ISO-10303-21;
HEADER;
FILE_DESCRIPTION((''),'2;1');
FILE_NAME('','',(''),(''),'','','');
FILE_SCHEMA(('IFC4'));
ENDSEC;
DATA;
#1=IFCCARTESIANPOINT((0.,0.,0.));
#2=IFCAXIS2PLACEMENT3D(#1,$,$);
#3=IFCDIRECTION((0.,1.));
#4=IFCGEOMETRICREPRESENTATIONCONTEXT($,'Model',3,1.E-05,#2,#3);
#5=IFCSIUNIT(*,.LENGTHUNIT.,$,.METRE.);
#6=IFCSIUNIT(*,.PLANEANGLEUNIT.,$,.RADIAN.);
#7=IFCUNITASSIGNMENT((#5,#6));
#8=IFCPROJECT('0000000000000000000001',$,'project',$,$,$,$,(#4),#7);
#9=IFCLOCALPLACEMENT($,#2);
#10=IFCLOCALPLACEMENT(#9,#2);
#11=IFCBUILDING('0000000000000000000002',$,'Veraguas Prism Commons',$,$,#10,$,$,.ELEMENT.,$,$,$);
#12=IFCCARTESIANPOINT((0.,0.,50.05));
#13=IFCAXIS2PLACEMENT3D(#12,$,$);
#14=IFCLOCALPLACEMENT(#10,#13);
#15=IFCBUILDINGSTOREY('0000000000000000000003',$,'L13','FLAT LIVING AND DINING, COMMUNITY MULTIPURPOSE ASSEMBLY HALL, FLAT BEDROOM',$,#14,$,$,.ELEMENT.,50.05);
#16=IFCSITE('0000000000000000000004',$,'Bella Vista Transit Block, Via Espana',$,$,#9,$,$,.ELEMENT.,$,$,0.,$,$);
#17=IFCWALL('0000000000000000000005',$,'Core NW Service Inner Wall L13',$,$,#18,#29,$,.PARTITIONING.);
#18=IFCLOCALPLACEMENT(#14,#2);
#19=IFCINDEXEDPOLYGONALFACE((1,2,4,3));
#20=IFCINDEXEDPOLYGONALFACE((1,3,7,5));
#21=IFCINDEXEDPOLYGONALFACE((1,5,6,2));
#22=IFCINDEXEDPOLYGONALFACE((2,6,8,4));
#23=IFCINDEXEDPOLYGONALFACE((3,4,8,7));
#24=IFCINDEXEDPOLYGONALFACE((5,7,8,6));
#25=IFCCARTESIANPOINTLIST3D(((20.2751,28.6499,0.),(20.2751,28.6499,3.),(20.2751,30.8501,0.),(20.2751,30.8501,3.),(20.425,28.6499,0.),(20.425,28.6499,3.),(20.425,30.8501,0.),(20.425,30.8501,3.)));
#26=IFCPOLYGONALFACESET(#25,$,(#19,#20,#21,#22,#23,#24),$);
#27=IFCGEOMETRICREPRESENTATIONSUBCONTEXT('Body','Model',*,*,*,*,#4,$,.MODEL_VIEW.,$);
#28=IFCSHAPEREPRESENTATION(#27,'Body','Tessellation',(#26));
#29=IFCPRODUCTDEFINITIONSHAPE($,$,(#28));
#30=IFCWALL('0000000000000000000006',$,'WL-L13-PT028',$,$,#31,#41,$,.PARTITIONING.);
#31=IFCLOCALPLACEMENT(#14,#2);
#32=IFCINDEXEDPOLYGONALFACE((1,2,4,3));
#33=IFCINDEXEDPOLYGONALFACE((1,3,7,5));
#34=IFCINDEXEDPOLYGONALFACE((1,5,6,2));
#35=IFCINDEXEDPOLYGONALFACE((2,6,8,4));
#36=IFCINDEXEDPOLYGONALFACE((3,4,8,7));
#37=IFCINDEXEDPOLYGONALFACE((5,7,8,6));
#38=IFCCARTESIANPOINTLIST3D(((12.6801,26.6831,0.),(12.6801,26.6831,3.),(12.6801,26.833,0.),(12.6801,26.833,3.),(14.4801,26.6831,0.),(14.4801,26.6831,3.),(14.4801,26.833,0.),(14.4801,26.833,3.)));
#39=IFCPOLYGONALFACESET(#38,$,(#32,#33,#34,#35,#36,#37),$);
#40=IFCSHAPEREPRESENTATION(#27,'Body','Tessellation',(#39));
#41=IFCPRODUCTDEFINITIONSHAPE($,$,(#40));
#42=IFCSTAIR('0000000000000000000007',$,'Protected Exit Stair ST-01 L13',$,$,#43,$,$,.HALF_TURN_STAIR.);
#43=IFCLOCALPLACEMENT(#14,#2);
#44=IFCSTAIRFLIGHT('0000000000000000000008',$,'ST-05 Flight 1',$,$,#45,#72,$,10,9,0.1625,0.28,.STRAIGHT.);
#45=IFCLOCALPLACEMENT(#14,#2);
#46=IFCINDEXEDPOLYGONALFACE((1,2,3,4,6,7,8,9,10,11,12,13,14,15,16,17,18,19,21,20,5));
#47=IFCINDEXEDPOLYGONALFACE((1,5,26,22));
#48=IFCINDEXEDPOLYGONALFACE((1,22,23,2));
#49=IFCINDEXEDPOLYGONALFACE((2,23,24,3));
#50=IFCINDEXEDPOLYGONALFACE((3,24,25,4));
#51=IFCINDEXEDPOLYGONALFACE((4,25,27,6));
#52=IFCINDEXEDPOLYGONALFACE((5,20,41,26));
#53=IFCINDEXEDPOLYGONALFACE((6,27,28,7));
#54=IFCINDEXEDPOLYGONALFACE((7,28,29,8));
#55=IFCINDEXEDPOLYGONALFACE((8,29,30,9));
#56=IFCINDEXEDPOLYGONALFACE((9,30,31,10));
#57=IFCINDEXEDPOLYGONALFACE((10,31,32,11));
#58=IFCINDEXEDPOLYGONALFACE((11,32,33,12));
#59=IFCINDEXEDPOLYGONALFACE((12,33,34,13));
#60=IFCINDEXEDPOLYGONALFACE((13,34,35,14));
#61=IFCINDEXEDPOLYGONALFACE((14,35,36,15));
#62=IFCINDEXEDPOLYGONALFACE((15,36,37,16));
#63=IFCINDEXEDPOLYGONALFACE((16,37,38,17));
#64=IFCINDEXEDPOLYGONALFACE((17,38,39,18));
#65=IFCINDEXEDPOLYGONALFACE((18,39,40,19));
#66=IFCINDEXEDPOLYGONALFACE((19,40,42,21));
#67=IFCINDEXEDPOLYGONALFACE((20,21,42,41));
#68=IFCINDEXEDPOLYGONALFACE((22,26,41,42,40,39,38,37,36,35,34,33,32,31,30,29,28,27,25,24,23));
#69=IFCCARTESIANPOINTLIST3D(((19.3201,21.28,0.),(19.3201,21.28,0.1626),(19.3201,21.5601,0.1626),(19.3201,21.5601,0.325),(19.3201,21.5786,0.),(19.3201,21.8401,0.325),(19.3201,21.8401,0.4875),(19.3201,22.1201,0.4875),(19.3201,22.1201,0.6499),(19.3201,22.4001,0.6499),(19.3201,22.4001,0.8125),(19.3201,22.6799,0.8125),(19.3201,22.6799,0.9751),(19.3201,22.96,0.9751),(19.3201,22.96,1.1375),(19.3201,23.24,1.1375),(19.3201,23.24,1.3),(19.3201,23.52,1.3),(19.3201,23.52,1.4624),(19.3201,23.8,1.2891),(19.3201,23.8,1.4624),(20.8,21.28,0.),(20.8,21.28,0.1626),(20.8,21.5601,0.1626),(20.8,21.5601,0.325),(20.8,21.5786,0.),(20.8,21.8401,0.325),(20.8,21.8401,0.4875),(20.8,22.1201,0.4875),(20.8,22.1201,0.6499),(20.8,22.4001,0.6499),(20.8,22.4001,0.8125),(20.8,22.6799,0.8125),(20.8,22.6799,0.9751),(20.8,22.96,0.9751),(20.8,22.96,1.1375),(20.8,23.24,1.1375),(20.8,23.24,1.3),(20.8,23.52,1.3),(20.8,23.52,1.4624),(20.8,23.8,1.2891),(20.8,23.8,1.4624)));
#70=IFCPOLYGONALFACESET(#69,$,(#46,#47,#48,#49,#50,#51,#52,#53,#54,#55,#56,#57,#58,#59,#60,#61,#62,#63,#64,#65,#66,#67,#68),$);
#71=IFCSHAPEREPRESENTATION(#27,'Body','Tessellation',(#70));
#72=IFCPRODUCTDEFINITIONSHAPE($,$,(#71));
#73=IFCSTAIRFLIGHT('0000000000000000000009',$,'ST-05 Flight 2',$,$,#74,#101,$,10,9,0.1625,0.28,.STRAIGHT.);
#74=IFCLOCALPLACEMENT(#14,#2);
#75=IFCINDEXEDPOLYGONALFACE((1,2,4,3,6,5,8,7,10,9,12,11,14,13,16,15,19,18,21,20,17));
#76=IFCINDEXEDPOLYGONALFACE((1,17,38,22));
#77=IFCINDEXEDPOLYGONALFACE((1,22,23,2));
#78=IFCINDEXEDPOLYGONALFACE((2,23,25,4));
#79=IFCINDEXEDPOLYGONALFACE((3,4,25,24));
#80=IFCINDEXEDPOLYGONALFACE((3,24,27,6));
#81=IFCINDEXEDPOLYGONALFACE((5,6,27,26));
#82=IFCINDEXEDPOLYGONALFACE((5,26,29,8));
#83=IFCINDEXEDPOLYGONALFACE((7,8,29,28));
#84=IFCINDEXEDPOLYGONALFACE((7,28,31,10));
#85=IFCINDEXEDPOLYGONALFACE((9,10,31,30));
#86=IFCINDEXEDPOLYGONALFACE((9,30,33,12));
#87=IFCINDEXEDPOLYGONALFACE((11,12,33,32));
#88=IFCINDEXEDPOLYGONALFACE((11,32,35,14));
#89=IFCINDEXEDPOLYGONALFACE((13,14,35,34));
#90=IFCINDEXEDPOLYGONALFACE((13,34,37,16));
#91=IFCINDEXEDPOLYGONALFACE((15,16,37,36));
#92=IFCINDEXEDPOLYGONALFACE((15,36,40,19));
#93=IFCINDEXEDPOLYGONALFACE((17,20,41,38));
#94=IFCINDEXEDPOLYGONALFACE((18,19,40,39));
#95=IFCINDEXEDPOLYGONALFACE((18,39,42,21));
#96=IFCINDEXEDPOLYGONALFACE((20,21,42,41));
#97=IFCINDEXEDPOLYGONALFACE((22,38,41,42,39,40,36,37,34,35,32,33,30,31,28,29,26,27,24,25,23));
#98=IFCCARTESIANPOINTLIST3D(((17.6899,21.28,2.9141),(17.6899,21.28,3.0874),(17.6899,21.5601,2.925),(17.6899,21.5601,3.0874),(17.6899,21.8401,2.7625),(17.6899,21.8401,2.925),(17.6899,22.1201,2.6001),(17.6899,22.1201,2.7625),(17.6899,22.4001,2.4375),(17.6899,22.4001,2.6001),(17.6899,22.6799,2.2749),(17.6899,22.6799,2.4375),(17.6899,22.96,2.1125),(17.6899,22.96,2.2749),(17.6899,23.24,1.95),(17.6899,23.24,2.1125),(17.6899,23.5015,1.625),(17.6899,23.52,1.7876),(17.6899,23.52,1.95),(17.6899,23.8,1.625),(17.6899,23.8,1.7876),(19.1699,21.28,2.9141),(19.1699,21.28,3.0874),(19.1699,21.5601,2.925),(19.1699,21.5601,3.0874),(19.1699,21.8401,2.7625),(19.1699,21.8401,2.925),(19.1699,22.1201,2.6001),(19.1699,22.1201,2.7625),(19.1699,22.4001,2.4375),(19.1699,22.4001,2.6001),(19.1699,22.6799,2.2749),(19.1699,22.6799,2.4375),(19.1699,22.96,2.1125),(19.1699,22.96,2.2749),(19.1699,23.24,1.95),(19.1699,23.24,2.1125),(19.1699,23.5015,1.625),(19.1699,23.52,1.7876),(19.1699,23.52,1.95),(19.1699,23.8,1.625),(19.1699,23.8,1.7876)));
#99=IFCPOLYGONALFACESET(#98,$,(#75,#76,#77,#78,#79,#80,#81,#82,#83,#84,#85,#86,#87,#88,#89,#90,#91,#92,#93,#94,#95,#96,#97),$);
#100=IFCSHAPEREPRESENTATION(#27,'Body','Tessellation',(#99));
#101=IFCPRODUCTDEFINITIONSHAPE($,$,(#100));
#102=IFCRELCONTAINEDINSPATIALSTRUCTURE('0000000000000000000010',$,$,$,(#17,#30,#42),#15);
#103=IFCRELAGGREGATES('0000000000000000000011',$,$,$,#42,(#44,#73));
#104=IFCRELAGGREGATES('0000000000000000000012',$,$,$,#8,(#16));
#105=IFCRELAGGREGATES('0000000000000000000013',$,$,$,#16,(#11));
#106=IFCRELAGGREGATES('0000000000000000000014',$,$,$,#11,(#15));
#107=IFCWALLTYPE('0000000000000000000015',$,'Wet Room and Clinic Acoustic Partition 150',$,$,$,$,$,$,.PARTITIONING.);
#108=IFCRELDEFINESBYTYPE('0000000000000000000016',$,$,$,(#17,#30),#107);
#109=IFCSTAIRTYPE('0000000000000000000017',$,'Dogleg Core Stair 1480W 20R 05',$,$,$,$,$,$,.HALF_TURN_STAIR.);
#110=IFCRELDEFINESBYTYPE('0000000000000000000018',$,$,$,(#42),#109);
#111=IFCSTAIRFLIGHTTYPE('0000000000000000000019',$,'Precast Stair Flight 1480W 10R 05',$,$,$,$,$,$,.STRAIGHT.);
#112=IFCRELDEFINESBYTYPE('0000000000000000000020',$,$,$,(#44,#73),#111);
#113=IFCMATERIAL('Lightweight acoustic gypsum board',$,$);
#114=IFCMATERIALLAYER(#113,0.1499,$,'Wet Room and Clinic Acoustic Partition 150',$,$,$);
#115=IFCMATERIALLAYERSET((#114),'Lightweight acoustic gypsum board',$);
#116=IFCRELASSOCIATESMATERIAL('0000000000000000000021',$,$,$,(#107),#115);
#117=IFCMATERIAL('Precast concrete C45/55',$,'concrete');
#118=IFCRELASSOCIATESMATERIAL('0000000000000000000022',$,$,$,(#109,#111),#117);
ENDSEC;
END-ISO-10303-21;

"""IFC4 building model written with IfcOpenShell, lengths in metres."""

from ifc_helpers import new_model, si_unit, direction, frame, frame_2d, origin, place, context, subcontext, project, spatial, polyline, rectangle, outline, extrude, material, layer, layer_set, type_object, element, aggregate, save


model = new_model("IFC4")

# Units and contexts
model_context = context("Model", 3, precision=1e-05, world=origin(), true_north=direction((0.0, 1.0)))
body_context = subcontext(model_context, "Body", "Model", "MODEL_VIEW")
ifc_project = project(units=[si_unit("LENGTHUNIT", "METRE"), si_unit("PLANEANGLEUNIT", "RADIAN")], contexts=[model_context])

# Site, building, storey
site_placement = place(None, origin())
site = spatial("IfcSite", under=ifc_project, at=site_placement, Name="Bella Vista Transit Block, Via Espana", CompositionType="ELEMENT", RefElevation=0.0)
building_placement = place(site_placement, origin())
building = spatial("IfcBuilding", under=site, at=building_placement, Name="Veraguas Prism Commons", CompositionType="ELEMENT")
storey_placement = place(building_placement, frame((0.0, 0.0, 50.05)))
storey = spatial("IfcBuildingStorey", under=building, at=storey_placement, Name="L13", Description="FLAT LIVING AND DINING, COMMUNITY MULTIPURPOSE ASSEMBLY HALL, FLAT BEDROOM", CompositionType="ELEMENT", Elevation=50.05)

# Shared definitions
ifc_material_1 = material(Name="Lightweight acoustic gypsum board")

# Walls
ifc_layer_1 = layer(ifc_material_1, 0.1499, Name="Wet Room and Clinic Acoustic Partition 150")
ifc_layer_set_1 = layer_set([ifc_layer_1], Name="Lightweight acoustic gypsum board")
wall_type_1 = type_object("IfcWallType", Name="Wet Room and Clinic Acoustic Partition 150", PredefinedType="PARTITIONING", material=ifc_layer_set_1)
wall_1_placement = place(storey_placement, frame((20.3501, 28.6499, 0.0), z_axis=(0.0, 0.0, 1.0), x_axis=(0.0, 1.0, 0.0)))
element("IfcWall", 1, at=wall_1_placement, inside=storey, type_object=wall_type_1, Name="Core NW Service Inner Wall L13", PredefinedType="PARTITIONING", context=body_context, shape_type="SweptSolid", body=[
    extrude(rectangle(XDim=2.2002, YDim=0.1499, at=frame_2d((1.1001, 0.0))), origin(), (0.0, 0.0, 1.0), 3.0),
])
wall_2_placement = place(storey_placement, frame((14.48, 26.7581, 0.0), z_axis=(0.0, 0.0, 1.0), x_axis=(-1.0, 0.0, 0.0)))
element("IfcWall", 2, at=wall_2_placement, inside=storey, type_object=wall_type_1, Name="WL-L13-PT028", PredefinedType="PARTITIONING", context=body_context, shape_type="SweptSolid", body=[
    extrude(rectangle(XDim=1.8, YDim=0.1499, at=frame_2d((0.8999, 0.0))), origin(), (0.0, 0.0, 1.0), 3.0),
])

# Stair, stair flights
ifc_material_2 = material(Name="Precast concrete C45/55", Category="concrete")
stair_type = type_object("IfcStairType", Name="Dogleg Core Stair 1480W 20R 05", PredefinedType="HALF_TURN_STAIR", material=ifc_material_2)
stair_placement = place(storey_placement, origin())
stair = element("IfcStair", 3, at=stair_placement, inside=storey, type_object=stair_type, Name="Protected Exit Stair ST-01 L13", PredefinedType="HALF_TURN_STAIR")
stair_flight_type = type_object("IfcStairFlightType", Name="Precast Stair Flight 1480W 10R 05", PredefinedType="STRAIGHT", material=ifc_material_2)
stair_flight_1_placement = place(storey_placement, frame((20.0601, 21.28, 0.0), z_axis=(0.0, 0.0, 1.0), x_axis=(0.0, 1.0, 0.0)))
stair_flight_1 = element("IfcStairFlight", 4, at=stair_flight_1_placement, type_object=stair_flight_type, Name="ST-05 Flight 1", NumberOfRisers=10, NumberOfTreads=9, PredefinedType="STRAIGHT", RiserHeight=0.1625, TreadLength=0.28, context=body_context, shape_type="SweptSolid", body=[
    extrude(outline(polyline([(0.0, 0.0), (0.0, 0.1626), (0.28, 0.1626), (0.28, 0.325), (0.5601, 0.325), (0.5601, 0.4875), (0.8401, 0.4875), (0.8401, 0.6499), (1.1201, 0.6499), (1.1201, 0.8125), (1.3999, 0.8125), (1.3999, 0.9751), (1.6799, 0.9751), (1.6799, 1.1375), (1.96, 1.1375), (1.96, 1.3), (2.24, 1.3), (2.24, 1.4624), (2.52, 1.4624), (2.52, 1.625), (2.52, 1.2891), (0.2986, 0.0), (0.0, 0.0)])), frame((0.0, 0.74, 0.0), z_axis=(0.0, -1.0, 0.0), x_axis=(1.0, 0.0, 0.0)), (0.0, 0.0, 1.0), 1.48),
])
stair_flight_2_placement = place(storey_placement, frame((18.4299, 23.8, 1.625), z_axis=(0.0, 0.0, 1.0), x_axis=(0.0, -1.0, 0.0)))
stair_flight_2 = element("IfcStairFlight", 5, at=stair_flight_2_placement, type_object=stair_flight_type, Name="ST-05 Flight 2", NumberOfRisers=10, NumberOfTreads=9, PredefinedType="STRAIGHT", RiserHeight=0.1625, TreadLength=0.28, context=body_context, shape_type="SweptSolid", body=[
    extrude(outline(polyline([(0.0, 0.0), (0.0, 0.1626), (0.28, 0.1626), (0.28, 0.325), (0.5601, 0.325), (0.5601, 0.4875), (0.8401, 0.4875), (0.8401, 0.6499), (1.1201, 0.6499), (1.1201, 0.8125), (1.3999, 0.8125), (1.3999, 0.9751), (1.6799, 0.9751), (1.6799, 1.1375), (1.96, 1.1375), (1.96, 1.3), (2.24, 1.3), (2.24, 1.4624), (2.52, 1.4624), (2.52, 1.625), (2.52, 1.2891), (0.2986, 0.0), (0.0, 0.0)])), frame((0.0, 0.74, 0.0), z_axis=(0.0, -1.0, 0.0), x_axis=(1.0, 0.0, 0.0)), (0.0, 0.0, 1.0), 1.48),
])
aggregate(stair, [stair_flight_1, stair_flight_2])

save(model, "model.ifc")
